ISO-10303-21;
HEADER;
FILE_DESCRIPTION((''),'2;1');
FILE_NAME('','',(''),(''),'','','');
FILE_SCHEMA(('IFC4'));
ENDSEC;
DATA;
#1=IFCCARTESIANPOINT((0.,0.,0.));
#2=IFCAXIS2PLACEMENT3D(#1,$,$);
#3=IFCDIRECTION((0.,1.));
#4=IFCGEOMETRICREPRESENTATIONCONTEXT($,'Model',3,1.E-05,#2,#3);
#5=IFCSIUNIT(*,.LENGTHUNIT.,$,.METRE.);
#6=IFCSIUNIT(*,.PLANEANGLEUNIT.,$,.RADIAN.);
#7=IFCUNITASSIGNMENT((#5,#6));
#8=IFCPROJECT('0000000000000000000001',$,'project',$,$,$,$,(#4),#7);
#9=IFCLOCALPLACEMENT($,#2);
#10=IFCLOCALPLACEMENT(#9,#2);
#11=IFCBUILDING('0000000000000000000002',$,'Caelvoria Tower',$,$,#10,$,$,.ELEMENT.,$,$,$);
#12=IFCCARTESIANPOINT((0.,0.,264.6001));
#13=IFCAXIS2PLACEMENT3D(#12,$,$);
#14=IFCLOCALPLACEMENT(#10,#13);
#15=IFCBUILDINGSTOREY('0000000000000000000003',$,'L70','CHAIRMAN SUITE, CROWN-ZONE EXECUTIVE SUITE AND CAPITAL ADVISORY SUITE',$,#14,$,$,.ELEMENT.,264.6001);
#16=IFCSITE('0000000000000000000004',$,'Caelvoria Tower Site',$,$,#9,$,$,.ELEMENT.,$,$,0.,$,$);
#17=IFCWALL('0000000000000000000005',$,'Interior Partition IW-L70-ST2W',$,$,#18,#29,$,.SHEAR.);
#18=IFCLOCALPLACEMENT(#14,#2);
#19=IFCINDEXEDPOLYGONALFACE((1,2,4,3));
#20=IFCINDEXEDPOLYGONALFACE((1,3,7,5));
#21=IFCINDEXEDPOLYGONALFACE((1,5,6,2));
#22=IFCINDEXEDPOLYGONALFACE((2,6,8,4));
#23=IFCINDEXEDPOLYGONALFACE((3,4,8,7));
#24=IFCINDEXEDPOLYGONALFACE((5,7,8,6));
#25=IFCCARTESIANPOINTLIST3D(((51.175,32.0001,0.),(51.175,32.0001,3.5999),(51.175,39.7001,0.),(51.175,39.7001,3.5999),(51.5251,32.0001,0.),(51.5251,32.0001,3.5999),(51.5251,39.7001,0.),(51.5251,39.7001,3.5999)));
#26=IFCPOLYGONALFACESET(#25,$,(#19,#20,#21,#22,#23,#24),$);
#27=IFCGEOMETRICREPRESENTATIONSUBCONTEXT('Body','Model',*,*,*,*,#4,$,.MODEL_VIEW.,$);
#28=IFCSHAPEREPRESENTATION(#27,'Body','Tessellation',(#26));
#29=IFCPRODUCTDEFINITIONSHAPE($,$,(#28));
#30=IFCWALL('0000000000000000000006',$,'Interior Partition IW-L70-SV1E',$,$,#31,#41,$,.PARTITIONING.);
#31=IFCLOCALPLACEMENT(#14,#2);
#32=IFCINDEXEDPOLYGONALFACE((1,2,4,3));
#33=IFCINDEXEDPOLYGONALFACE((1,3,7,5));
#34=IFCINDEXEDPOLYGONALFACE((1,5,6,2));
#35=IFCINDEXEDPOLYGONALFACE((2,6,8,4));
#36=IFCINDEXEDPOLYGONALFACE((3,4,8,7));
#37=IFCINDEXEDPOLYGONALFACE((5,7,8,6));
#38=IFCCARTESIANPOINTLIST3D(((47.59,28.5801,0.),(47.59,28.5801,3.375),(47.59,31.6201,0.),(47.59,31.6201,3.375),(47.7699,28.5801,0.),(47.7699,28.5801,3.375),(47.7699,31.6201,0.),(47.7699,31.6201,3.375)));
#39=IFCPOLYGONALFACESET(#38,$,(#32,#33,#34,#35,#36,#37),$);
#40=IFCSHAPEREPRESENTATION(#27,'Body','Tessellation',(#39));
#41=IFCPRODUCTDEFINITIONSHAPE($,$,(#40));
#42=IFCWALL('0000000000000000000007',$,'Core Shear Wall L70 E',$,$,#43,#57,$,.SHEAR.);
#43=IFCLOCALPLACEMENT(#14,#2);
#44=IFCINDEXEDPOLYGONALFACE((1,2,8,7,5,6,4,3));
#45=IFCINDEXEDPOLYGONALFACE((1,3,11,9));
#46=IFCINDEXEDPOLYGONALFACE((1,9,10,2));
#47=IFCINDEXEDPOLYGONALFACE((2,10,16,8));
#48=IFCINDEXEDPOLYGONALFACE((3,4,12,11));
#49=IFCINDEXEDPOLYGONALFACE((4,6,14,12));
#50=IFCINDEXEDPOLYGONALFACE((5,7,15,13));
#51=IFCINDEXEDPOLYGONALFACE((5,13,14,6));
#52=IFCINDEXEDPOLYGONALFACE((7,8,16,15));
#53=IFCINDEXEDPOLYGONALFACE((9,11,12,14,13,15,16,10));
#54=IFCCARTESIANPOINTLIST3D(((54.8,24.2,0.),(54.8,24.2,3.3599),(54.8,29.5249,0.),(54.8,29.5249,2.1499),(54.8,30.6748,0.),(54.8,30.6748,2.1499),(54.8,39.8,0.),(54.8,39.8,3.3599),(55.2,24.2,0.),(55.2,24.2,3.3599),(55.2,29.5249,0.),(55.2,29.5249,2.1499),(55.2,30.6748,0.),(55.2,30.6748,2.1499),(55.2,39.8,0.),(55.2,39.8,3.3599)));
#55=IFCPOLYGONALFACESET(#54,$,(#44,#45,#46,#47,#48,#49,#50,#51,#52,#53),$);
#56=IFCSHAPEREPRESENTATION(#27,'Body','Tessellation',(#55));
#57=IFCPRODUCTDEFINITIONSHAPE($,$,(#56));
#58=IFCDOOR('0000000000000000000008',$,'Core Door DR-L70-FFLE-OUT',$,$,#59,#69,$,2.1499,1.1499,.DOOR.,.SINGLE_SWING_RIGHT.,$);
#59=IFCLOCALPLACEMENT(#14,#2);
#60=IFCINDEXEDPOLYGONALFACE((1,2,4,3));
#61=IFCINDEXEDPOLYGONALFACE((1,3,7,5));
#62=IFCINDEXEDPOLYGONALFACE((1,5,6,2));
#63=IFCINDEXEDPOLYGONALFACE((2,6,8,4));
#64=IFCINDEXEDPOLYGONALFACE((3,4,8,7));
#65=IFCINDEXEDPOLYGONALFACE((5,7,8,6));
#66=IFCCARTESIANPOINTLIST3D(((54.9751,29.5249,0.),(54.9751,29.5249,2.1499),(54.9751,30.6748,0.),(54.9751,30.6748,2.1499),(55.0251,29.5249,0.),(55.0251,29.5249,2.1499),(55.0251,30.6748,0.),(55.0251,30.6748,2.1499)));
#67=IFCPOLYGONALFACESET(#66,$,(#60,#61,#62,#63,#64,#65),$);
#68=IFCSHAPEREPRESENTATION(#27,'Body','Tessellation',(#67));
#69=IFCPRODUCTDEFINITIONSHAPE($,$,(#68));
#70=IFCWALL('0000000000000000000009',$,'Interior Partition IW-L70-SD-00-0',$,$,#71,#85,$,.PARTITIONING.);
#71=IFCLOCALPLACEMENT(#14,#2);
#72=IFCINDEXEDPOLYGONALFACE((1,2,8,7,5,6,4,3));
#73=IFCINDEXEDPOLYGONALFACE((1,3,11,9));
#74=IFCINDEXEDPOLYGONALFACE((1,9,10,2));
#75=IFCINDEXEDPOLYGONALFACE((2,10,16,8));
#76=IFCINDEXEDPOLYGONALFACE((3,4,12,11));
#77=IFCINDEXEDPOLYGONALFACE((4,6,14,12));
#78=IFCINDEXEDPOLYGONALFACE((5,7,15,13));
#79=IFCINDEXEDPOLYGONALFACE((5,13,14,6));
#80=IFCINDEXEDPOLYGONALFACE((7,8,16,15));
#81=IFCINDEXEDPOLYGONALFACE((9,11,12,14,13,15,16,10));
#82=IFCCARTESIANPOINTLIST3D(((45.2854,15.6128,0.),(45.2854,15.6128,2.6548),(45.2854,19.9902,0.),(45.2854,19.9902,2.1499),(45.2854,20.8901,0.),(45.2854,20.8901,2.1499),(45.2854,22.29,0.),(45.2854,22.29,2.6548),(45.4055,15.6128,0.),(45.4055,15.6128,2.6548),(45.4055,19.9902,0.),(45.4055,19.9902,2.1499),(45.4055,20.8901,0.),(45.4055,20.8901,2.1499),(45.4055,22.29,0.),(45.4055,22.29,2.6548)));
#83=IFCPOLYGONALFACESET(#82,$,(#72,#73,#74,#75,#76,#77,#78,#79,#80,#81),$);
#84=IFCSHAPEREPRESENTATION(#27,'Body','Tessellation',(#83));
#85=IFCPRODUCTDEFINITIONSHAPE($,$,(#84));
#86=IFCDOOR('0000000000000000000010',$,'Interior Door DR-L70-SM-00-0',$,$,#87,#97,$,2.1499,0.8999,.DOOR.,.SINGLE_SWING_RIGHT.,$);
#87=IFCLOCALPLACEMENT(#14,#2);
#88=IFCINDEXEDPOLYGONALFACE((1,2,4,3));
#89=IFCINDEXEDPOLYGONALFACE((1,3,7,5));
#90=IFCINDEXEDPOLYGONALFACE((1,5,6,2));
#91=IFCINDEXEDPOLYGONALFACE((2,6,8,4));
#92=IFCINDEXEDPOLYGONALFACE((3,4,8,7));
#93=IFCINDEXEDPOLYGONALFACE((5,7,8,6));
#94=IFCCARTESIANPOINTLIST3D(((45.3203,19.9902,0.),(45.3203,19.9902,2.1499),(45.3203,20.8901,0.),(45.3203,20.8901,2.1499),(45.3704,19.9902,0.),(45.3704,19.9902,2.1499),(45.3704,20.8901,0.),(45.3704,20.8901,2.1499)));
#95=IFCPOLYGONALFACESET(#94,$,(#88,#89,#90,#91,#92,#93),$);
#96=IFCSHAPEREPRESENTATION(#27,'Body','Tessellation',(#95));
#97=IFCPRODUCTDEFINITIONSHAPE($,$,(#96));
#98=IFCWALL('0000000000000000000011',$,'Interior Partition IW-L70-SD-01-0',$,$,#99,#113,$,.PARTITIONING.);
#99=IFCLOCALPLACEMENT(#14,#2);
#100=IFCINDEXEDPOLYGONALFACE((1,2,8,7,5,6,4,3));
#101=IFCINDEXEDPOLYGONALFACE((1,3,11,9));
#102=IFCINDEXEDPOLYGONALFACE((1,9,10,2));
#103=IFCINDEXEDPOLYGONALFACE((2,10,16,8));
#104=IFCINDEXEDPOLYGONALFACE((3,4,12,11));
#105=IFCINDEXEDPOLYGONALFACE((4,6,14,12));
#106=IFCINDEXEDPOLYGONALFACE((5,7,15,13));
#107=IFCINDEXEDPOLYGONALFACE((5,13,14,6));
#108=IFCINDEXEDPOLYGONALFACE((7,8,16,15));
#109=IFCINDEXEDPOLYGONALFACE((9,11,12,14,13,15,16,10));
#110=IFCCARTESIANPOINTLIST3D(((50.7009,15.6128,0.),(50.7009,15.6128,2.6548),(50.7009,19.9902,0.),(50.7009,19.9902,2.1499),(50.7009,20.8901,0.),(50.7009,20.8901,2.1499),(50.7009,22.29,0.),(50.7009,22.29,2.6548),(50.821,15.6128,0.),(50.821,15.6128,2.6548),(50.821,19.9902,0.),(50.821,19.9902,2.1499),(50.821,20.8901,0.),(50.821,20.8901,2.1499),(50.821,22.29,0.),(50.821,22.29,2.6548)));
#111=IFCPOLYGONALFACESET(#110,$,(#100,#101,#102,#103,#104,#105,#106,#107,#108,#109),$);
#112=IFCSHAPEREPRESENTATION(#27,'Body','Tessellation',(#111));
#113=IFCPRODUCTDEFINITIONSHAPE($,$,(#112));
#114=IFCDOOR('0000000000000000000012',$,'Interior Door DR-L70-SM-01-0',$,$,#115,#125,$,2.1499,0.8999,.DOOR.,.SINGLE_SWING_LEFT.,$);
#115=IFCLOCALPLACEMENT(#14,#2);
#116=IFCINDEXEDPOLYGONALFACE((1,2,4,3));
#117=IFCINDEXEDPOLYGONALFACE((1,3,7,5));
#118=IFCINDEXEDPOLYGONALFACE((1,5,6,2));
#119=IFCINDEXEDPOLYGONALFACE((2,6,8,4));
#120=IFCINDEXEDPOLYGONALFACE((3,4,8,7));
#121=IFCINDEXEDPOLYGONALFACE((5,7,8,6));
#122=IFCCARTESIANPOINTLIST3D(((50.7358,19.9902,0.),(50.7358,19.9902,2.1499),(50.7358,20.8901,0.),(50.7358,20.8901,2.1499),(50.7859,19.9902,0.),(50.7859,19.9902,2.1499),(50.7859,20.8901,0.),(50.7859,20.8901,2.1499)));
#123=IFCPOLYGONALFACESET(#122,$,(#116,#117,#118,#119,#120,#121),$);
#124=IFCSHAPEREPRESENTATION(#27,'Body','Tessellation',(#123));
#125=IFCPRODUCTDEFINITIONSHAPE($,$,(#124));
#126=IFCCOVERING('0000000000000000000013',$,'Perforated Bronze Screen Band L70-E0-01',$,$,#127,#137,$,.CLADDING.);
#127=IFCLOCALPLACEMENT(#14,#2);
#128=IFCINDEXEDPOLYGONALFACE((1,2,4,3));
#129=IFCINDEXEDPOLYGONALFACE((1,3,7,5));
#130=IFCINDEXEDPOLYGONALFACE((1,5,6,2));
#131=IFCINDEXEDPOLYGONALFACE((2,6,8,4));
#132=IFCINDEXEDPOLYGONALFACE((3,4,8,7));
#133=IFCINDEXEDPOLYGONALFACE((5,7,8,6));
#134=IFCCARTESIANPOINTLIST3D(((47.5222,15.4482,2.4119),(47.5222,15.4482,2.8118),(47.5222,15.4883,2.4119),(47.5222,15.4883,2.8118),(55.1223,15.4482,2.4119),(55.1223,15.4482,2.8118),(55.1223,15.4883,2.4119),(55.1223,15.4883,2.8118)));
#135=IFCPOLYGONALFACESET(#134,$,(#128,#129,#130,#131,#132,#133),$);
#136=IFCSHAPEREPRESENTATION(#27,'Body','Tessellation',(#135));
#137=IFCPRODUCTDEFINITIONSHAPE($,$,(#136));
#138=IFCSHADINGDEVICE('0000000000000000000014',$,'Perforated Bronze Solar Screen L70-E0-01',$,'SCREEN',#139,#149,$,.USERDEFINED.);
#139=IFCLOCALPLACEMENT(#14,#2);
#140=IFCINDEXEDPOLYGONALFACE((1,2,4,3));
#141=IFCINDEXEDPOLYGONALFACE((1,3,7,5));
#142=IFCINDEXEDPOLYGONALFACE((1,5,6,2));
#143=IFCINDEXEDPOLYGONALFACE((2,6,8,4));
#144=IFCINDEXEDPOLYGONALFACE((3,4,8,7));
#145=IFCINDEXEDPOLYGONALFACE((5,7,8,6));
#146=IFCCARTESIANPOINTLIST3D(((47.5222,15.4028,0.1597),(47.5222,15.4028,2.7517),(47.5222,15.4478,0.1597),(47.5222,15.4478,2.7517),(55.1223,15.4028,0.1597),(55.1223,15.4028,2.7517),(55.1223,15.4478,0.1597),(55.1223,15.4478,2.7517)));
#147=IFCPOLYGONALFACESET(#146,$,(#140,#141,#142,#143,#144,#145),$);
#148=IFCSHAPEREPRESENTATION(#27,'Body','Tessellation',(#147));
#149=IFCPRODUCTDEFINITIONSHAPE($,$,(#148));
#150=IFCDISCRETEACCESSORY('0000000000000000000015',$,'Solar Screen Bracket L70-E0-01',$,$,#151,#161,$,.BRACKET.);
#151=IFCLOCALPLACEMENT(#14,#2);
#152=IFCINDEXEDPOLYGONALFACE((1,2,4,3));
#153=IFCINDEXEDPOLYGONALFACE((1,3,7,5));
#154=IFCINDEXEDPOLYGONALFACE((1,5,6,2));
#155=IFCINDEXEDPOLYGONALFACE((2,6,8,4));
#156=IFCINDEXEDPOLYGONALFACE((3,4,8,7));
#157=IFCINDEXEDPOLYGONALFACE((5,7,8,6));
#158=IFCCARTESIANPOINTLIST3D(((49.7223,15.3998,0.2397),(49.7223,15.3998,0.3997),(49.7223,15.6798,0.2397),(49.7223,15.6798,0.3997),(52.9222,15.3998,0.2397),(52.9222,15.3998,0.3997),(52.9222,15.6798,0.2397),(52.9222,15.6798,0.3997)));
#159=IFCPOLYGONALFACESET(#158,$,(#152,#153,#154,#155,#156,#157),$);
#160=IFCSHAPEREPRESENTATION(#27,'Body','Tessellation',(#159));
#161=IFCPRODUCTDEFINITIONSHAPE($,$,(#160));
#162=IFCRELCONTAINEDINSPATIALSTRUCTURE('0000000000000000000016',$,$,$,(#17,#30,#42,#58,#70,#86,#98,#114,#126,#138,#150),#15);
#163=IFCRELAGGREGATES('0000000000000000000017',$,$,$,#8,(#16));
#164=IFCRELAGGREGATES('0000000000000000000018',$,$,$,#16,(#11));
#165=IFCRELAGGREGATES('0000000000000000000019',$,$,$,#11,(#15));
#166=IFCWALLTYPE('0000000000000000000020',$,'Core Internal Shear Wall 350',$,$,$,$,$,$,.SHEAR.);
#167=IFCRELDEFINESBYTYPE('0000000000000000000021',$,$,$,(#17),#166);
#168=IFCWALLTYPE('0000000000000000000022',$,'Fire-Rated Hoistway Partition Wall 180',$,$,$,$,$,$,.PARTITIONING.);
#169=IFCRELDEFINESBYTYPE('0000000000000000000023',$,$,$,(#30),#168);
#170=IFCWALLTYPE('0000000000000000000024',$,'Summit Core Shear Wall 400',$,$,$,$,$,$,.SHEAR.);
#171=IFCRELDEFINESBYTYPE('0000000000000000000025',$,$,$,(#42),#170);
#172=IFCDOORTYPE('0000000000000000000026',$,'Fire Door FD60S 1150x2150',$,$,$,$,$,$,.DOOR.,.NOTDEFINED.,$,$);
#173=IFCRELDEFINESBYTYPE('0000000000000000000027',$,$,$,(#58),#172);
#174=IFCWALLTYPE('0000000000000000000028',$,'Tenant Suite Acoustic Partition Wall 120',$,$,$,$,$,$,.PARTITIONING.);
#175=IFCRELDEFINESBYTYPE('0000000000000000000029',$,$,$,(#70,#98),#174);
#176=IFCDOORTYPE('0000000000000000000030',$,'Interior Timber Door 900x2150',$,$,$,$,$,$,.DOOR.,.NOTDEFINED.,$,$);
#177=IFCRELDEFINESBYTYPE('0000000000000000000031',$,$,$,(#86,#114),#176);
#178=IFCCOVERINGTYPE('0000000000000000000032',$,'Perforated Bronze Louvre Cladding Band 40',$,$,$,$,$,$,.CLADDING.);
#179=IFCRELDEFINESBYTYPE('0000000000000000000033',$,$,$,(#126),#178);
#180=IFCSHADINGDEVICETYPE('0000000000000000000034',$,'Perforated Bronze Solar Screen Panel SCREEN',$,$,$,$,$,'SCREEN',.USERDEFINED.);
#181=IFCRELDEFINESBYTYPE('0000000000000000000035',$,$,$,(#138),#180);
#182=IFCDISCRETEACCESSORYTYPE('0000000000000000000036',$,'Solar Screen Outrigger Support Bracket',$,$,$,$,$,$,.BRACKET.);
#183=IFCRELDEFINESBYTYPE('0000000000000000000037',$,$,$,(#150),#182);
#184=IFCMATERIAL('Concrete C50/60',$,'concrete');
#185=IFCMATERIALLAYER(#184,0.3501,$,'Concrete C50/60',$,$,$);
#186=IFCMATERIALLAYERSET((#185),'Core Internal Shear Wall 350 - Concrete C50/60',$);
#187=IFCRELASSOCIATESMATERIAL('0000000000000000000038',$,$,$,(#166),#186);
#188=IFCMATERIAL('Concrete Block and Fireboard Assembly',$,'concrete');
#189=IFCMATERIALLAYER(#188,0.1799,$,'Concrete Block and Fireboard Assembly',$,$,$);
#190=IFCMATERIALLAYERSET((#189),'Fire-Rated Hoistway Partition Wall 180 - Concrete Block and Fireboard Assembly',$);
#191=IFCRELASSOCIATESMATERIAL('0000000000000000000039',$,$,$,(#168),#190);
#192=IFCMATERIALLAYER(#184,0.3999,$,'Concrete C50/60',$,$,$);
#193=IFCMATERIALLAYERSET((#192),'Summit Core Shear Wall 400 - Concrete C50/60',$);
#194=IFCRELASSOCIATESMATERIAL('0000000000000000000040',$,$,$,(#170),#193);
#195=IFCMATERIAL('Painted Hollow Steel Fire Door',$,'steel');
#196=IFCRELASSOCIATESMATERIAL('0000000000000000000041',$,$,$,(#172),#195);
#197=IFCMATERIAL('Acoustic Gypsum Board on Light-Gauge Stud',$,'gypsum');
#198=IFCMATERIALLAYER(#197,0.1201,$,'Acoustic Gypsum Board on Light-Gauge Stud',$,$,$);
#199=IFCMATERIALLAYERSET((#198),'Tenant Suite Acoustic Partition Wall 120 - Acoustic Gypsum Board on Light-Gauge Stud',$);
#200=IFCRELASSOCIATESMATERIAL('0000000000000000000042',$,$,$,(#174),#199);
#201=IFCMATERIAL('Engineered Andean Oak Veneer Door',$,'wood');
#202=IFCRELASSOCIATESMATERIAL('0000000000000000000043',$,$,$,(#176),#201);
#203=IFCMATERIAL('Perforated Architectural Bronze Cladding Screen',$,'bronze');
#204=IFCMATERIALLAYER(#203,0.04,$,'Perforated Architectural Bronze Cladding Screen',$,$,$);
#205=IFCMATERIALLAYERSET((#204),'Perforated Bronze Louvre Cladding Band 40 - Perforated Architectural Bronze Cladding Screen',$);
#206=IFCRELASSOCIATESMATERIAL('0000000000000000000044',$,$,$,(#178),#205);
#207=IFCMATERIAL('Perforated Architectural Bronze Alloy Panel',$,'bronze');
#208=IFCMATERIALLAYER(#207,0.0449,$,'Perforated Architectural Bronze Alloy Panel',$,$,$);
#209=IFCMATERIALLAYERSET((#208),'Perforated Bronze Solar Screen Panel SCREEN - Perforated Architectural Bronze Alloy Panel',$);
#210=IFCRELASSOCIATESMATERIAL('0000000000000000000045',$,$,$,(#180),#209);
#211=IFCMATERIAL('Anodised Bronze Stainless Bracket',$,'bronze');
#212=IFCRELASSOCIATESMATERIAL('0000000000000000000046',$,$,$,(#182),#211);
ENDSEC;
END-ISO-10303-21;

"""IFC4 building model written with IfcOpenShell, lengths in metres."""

from ifc_helpers import new_model, si_unit, direction, frame, frame_2d, origin, origin_2d, place, context, subcontext, project, spatial, rectangle, extrude, material, layer, layer_set, type_object, element, fill, save


model = new_model("IFC4")

# Units and contexts
model_context = context("Model", 3, precision=1e-05, world=origin(), true_north=direction((0.0, 1.0)))
body_context = subcontext(model_context, "Body", "Model", "MODEL_VIEW")
ifc_project = project(units=[si_unit("LENGTHUNIT", "METRE"), si_unit("PLANEANGLEUNIT", "RADIAN")], contexts=[model_context])

# Site, building, storey
site_placement = place(None, origin())
site = spatial("IfcSite", under=ifc_project, at=site_placement, Name="Caelvoria Tower Site", CompositionType="ELEMENT", RefElevation=0.0)
building_placement = place(site_placement, origin())
building = spatial("IfcBuilding", under=site, at=building_placement, Name="Caelvoria Tower", CompositionType="ELEMENT")
storey_placement = place(building_placement, frame((0.0, 0.0, 264.6001)))
storey = spatial("IfcBuildingStorey", under=building, at=storey_placement, Name="L70", Description="CHAIRMAN SUITE, CROWN-ZONE EXECUTIVE SUITE AND CAPITAL ADVISORY SUITE", CompositionType="ELEMENT", Elevation=264.6001)

# Wall
ifc_material_1 = material(Name="Concrete C50/60", Category="concrete")
ifc_layer_1 = layer(ifc_material_1, 0.3501, Name="Concrete C50/60")
ifc_layer_set_1 = layer_set([ifc_layer_1], Name="Core Internal Shear Wall 350 - Concrete C50/60")
wall_type_1 = type_object("IfcWallType", Name="Core Internal Shear Wall 350", PredefinedType="SHEAR", material=ifc_layer_set_1)
wall_1_placement = place(storey_placement, frame((51.3501, 32.0, 0.0), z_axis=(0.0, 0.0, 1.0), x_axis=(0.0, 1.0, 0.0)))
element("IfcWall", 1, at=wall_1_placement, inside=storey, type_object=wall_type_1, Name="Interior Partition IW-L70-ST2W", PredefinedType="SHEAR", context=body_context, shape_type="SweptSolid", body=[
    extrude(rectangle(XDim=7.7, YDim=0.3501, at=frame_2d((3.8501, 0.0))), origin(), (0.0, 0.0, 1.0), 3.5999),
])

# Wall
ifc_material_2 = material(Name="Concrete Block and Fireboard Assembly", Category="concrete")
ifc_layer_2 = layer(ifc_material_2, 0.1799, Name="Concrete Block and Fireboard Assembly")
ifc_layer_set_2 = layer_set([ifc_layer_2], Name="Fire-Rated Hoistway Partition Wall 180 - Concrete Block and Fireboard Assembly")
wall_type_2 = type_object("IfcWallType", Name="Fire-Rated Hoistway Partition Wall 180", PredefinedType="PARTITIONING", material=ifc_layer_set_2)
wall_2_placement = place(storey_placement, frame((47.6799, 28.5801, 0.0), z_axis=(0.0, 0.0, 1.0), x_axis=(0.0, 1.0, 0.0)))
element("IfcWall", 2, at=wall_2_placement, inside=storey, type_object=wall_type_2, Name="Interior Partition IW-L70-SV1E", PredefinedType="PARTITIONING", context=body_context, shape_type="SweptSolid", body=[
    extrude(rectangle(XDim=3.04, YDim=0.1799, at=frame_2d((1.52, 0.0))), origin(), (0.0, 0.0, 1.0), 3.375),
])

# Walls, openings, doors
ifc_layer_3 = layer(ifc_material_1, 0.3999, Name="Concrete C50/60")
ifc_layer_set_3 = layer_set([ifc_layer_3], Name="Summit Core Shear Wall 400 - Concrete C50/60")
wall_type_3 = type_object("IfcWallType", Name="Summit Core Shear Wall 400", PredefinedType="SHEAR", material=ifc_layer_set_3)
wall_3_placement = place(storey_placement, frame((55.0, 24.2, 0.0), z_axis=(0.0, 0.0, 1.0), x_axis=(0.0, 1.0, 0.0)))
wall_3 = element("IfcWall", 3, at=wall_3_placement, inside=storey, type_object=wall_type_3, Name="Core Shear Wall L70 E", PredefinedType="SHEAR", context=body_context, shape_type="SweptSolid", body=[
    extrude(rectangle(XDim=15.6001, YDim=0.3999, at=frame_2d((7.8, 0.0))), origin(), (0.0, 0.0, 1.0), 3.3599),
])
opening_1_placement = place(wall_3_placement, frame((5.325, 0.0, 0.0)))
opening_1 = element("IfcOpeningElement", 4, at=opening_1_placement, cuts=wall_3, PredefinedType="OPENING", context=body_context, shape_type="SweptSolid", body=[
    extrude(rectangle(XDim=1.1499, YDim=2.1499, at=frame_2d((0.575, 1.075))), frame((0.0, 0.21, 0.0), z_axis=(0.0, -1.0, 0.0), x_axis=(1.0, 0.0, 0.0)), (0.0, 0.0, 1.0), 0.4199),
])
ifc_material_3 = material(Name="Painted Hollow Steel Fire Door", Category="steel")
door_type_1 = type_object("IfcDoorType", Name="Fire Door FD60S 1150x2150", OperationType="NOTDEFINED", PredefinedType="DOOR", material=ifc_material_3)
door_1_placement = place(opening_1_placement, origin())
door_1 = element("IfcDoor", 5, at=door_1_placement, inside=storey, type_object=door_type_1, Name="Core Door DR-L70-FFLE-OUT", OperationType="SINGLE_SWING_RIGHT", OverallHeight=2.1499, OverallWidth=1.1499, PredefinedType="DOOR", context=body_context, shape_type="SweptSolid", body=[
    extrude(rectangle(XDim=1.1499, YDim=2.1499, at=frame_2d((0.575, 1.075))), frame((0.0, 0.0249, 0.0), z_axis=(0.0, -1.0, 0.0), x_axis=(1.0, 0.0, 0.0)), (0.0, 0.0, 1.0), 0.05),
])
fill(opening_1, door_1)
ifc_material_4 = material(Name="Acoustic Gypsum Board on Light-Gauge Stud", Category="gypsum")
ifc_layer_4 = layer(ifc_material_4, 0.1201, Name="Acoustic Gypsum Board on Light-Gauge Stud")
ifc_layer_set_4 = layer_set([ifc_layer_4], Name="Tenant Suite Acoustic Partition Wall 120 - Acoustic Gypsum Board on Light-Gauge Stud")
wall_type_4 = type_object("IfcWallType", Name="Tenant Suite Acoustic Partition Wall 120", PredefinedType="PARTITIONING", material=ifc_layer_set_4)
wall_4_placement = place(storey_placement, frame((45.3455, 22.29, 0.0), z_axis=(0.0, 0.0, 1.0), x_axis=(0.0, -1.0, 0.0)))
wall_4 = element("IfcWall", 6, at=wall_4_placement, inside=storey, type_object=wall_type_4, Name="Interior Partition IW-L70-SD-00-0", PredefinedType="PARTITIONING", context=body_context, shape_type="SweptSolid", body=[
    extrude(rectangle(XDim=6.6772, YDim=0.1201, at=frame_2d((3.3386, 0.0))), origin(), (0.0, 0.0, 1.0), 2.6548),
])
opening_2_placement = place(wall_4_placement, frame((1.3999, 0.0, 0.0)))
opening_2 = element("IfcOpeningElement", 7, at=opening_2_placement, cuts=wall_4, PredefinedType="OPENING", context=body_context, shape_type="SweptSolid", body=[
    extrude(rectangle(XDim=0.8999, YDim=2.1499, at=frame_2d((0.45, 1.075))), frame((0.0, 0.0701, 0.0), z_axis=(0.0, -1.0, 0.0), x_axis=(1.0, 0.0, 0.0)), (0.0, 0.0, 1.0), 0.1401),
])
ifc_material_5 = material(Name="Engineered Andean Oak Veneer Door", Category="wood")
door_type_2 = type_object("IfcDoorType", Name="Interior Timber Door 900x2150", OperationType="NOTDEFINED", PredefinedType="DOOR", material=ifc_material_5)
door_2_placement = place(opening_2_placement, origin())
door_2 = element("IfcDoor", 8, at=door_2_placement, inside=storey, type_object=door_type_2, Name="Interior Door DR-L70-SM-00-0", OperationType="SINGLE_SWING_RIGHT", OverallHeight=2.1499, OverallWidth=0.8999, PredefinedType="DOOR", context=body_context, shape_type="SweptSolid", body=[
    extrude(rectangle(XDim=0.8999, YDim=2.1499, at=frame_2d((0.45, 1.075))), frame((0.0, 0.0249, 0.0), z_axis=(0.0, -1.0, 0.0), x_axis=(1.0, 0.0, 0.0)), (0.0, 0.0, 1.0), 0.05),
])
fill(opening_2, door_2)
wall_5_placement = place(storey_placement, frame((50.761, 22.29, 0.0), z_axis=(0.0, 0.0, 1.0), x_axis=(0.0, -1.0, 0.0)))
wall_5 = element("IfcWall", 9, at=wall_5_placement, inside=storey, type_object=wall_type_4, Name="Interior Partition IW-L70-SD-01-0", PredefinedType="PARTITIONING", context=body_context, shape_type="SweptSolid", body=[
    extrude(rectangle(XDim=6.6772, YDim=0.1201, at=frame_2d((3.3386, 0.0))), origin(), (0.0, 0.0, 1.0), 2.6548),
])
opening_3_placement = place(wall_5_placement, frame((1.3999, 0.0, 0.0)))
opening_3 = element("IfcOpeningElement", 10, at=opening_3_placement, cuts=wall_5, PredefinedType="OPENING", context=body_context, shape_type="SweptSolid", body=[
    extrude(rectangle(XDim=0.8999, YDim=2.1499, at=frame_2d((0.45, 1.075))), frame((0.0, 0.0701, 0.0), z_axis=(0.0, -1.0, 0.0), x_axis=(1.0, 0.0, 0.0)), (0.0, 0.0, 1.0), 0.1401),
])
door_3_placement = place(opening_3_placement, origin())
door_3 = element("IfcDoor", 11, at=door_3_placement, inside=storey, type_object=door_type_2, Name="Interior Door DR-L70-SM-01-0", OperationType="SINGLE_SWING_LEFT", OverallHeight=2.1499, OverallWidth=0.8999, PredefinedType="DOOR", context=body_context, shape_type="SweptSolid", body=[
    extrude(rectangle(XDim=0.8999, YDim=2.1499, at=frame_2d((0.45, 1.075))), frame((0.0, 0.0249, 0.0), z_axis=(0.0, -1.0, 0.0), x_axis=(1.0, 0.0, 0.0)), (0.0, 0.0, 1.0), 0.05),
])
fill(opening_3, door_3)

# Covering
ifc_material_6 = material(Name="Perforated Architectural Bronze Cladding Screen", Category="bronze")
ifc_layer_5 = layer(ifc_material_6, 0.04, Name="Perforated Architectural Bronze Cladding Screen")
ifc_layer_set_5 = layer_set([ifc_layer_5], Name="Perforated Bronze Louvre Cladding Band 40 - Perforated Architectural Bronze Cladding Screen")
covering_type = type_object("IfcCoveringType", Name="Perforated Bronze Louvre Cladding Band 40", PredefinedType="CLADDING", material=ifc_layer_set_5)
covering_placement = place(storey_placement, frame((51.3223, 15.4683, 2.4119), z_axis=(0.0, 0.0, 1.0), x_axis=(1.0, 0.0, 0.0)))
element("IfcCovering", 12, at=covering_placement, inside=storey, type_object=covering_type, Name="Perforated Bronze Screen Band L70-E0-01", PredefinedType="CLADDING", context=body_context, shape_type="SweptSolid", body=[
    extrude(rectangle(XDim=7.6001, YDim=0.04, at=origin_2d()), origin(), (0.0, 0.0, 1.0), 0.3999),
])

# Shading device
ifc_material_7 = material(Name="Perforated Architectural Bronze Alloy Panel", Category="bronze")
ifc_layer_6 = layer(ifc_material_7, 0.0449, Name="Perforated Architectural Bronze Alloy Panel")
ifc_layer_set_6 = layer_set([ifc_layer_6], Name="Perforated Bronze Solar Screen Panel SCREEN - Perforated Architectural Bronze Alloy Panel")
shading_device_type = type_object("IfcShadingDeviceType", Name="Perforated Bronze Solar Screen Panel SCREEN", ElementType="SCREEN", PredefinedType="USERDEFINED", material=ifc_layer_set_6)
shading_device_placement = place(storey_placement, frame((51.3223, 15.4253, 0.1597), z_axis=(0.0, 0.0, 1.0), x_axis=(1.0, 0.0, 0.0)))
element("IfcShadingDevice", 13, at=shading_device_placement, inside=storey, type_object=shading_device_type, Name="Perforated Bronze Solar Screen L70-E0-01", ObjectType="SCREEN", PredefinedType="USERDEFINED", context=body_context, shape_type="SweptSolid", body=[
    extrude(rectangle(XDim=7.6001, YDim=0.0449, at=origin_2d()), origin(), (0.0, 0.0, 1.0), 2.592),
])

# Discrete accessory
ifc_material_8 = material(Name="Anodised Bronze Stainless Bracket", Category="bronze")
discrete_accessory_type = type_object("IfcDiscreteAccessoryType", Name="Solar Screen Outrigger Support Bracket", PredefinedType="BRACKET", material=ifc_material_8)
for number, where, z_axis, x_axis, name in (
    (14, (51.3223, 15.5398, 0.2397), (0.0, 0.0, 1.0), (1.0, 0.0, 0.0), "Solar Screen Bracket L70-E0-01"),
):
    element("IfcDiscreteAccessory", number, at=place(storey_placement, frame(where, z_axis=z_axis, x_axis=x_axis)), inside=storey, type_object=discrete_accessory_type, Name=name, PredefinedType="BRACKET", context=body_context, shape_type="SweptSolid", body=[
        extrude(rectangle(XDim=3.2, YDim=0.28, at=origin_2d()), origin(), (0.0, 0.0, 1.0), 0.1599),
    ])

save(model, "model.ifc")
